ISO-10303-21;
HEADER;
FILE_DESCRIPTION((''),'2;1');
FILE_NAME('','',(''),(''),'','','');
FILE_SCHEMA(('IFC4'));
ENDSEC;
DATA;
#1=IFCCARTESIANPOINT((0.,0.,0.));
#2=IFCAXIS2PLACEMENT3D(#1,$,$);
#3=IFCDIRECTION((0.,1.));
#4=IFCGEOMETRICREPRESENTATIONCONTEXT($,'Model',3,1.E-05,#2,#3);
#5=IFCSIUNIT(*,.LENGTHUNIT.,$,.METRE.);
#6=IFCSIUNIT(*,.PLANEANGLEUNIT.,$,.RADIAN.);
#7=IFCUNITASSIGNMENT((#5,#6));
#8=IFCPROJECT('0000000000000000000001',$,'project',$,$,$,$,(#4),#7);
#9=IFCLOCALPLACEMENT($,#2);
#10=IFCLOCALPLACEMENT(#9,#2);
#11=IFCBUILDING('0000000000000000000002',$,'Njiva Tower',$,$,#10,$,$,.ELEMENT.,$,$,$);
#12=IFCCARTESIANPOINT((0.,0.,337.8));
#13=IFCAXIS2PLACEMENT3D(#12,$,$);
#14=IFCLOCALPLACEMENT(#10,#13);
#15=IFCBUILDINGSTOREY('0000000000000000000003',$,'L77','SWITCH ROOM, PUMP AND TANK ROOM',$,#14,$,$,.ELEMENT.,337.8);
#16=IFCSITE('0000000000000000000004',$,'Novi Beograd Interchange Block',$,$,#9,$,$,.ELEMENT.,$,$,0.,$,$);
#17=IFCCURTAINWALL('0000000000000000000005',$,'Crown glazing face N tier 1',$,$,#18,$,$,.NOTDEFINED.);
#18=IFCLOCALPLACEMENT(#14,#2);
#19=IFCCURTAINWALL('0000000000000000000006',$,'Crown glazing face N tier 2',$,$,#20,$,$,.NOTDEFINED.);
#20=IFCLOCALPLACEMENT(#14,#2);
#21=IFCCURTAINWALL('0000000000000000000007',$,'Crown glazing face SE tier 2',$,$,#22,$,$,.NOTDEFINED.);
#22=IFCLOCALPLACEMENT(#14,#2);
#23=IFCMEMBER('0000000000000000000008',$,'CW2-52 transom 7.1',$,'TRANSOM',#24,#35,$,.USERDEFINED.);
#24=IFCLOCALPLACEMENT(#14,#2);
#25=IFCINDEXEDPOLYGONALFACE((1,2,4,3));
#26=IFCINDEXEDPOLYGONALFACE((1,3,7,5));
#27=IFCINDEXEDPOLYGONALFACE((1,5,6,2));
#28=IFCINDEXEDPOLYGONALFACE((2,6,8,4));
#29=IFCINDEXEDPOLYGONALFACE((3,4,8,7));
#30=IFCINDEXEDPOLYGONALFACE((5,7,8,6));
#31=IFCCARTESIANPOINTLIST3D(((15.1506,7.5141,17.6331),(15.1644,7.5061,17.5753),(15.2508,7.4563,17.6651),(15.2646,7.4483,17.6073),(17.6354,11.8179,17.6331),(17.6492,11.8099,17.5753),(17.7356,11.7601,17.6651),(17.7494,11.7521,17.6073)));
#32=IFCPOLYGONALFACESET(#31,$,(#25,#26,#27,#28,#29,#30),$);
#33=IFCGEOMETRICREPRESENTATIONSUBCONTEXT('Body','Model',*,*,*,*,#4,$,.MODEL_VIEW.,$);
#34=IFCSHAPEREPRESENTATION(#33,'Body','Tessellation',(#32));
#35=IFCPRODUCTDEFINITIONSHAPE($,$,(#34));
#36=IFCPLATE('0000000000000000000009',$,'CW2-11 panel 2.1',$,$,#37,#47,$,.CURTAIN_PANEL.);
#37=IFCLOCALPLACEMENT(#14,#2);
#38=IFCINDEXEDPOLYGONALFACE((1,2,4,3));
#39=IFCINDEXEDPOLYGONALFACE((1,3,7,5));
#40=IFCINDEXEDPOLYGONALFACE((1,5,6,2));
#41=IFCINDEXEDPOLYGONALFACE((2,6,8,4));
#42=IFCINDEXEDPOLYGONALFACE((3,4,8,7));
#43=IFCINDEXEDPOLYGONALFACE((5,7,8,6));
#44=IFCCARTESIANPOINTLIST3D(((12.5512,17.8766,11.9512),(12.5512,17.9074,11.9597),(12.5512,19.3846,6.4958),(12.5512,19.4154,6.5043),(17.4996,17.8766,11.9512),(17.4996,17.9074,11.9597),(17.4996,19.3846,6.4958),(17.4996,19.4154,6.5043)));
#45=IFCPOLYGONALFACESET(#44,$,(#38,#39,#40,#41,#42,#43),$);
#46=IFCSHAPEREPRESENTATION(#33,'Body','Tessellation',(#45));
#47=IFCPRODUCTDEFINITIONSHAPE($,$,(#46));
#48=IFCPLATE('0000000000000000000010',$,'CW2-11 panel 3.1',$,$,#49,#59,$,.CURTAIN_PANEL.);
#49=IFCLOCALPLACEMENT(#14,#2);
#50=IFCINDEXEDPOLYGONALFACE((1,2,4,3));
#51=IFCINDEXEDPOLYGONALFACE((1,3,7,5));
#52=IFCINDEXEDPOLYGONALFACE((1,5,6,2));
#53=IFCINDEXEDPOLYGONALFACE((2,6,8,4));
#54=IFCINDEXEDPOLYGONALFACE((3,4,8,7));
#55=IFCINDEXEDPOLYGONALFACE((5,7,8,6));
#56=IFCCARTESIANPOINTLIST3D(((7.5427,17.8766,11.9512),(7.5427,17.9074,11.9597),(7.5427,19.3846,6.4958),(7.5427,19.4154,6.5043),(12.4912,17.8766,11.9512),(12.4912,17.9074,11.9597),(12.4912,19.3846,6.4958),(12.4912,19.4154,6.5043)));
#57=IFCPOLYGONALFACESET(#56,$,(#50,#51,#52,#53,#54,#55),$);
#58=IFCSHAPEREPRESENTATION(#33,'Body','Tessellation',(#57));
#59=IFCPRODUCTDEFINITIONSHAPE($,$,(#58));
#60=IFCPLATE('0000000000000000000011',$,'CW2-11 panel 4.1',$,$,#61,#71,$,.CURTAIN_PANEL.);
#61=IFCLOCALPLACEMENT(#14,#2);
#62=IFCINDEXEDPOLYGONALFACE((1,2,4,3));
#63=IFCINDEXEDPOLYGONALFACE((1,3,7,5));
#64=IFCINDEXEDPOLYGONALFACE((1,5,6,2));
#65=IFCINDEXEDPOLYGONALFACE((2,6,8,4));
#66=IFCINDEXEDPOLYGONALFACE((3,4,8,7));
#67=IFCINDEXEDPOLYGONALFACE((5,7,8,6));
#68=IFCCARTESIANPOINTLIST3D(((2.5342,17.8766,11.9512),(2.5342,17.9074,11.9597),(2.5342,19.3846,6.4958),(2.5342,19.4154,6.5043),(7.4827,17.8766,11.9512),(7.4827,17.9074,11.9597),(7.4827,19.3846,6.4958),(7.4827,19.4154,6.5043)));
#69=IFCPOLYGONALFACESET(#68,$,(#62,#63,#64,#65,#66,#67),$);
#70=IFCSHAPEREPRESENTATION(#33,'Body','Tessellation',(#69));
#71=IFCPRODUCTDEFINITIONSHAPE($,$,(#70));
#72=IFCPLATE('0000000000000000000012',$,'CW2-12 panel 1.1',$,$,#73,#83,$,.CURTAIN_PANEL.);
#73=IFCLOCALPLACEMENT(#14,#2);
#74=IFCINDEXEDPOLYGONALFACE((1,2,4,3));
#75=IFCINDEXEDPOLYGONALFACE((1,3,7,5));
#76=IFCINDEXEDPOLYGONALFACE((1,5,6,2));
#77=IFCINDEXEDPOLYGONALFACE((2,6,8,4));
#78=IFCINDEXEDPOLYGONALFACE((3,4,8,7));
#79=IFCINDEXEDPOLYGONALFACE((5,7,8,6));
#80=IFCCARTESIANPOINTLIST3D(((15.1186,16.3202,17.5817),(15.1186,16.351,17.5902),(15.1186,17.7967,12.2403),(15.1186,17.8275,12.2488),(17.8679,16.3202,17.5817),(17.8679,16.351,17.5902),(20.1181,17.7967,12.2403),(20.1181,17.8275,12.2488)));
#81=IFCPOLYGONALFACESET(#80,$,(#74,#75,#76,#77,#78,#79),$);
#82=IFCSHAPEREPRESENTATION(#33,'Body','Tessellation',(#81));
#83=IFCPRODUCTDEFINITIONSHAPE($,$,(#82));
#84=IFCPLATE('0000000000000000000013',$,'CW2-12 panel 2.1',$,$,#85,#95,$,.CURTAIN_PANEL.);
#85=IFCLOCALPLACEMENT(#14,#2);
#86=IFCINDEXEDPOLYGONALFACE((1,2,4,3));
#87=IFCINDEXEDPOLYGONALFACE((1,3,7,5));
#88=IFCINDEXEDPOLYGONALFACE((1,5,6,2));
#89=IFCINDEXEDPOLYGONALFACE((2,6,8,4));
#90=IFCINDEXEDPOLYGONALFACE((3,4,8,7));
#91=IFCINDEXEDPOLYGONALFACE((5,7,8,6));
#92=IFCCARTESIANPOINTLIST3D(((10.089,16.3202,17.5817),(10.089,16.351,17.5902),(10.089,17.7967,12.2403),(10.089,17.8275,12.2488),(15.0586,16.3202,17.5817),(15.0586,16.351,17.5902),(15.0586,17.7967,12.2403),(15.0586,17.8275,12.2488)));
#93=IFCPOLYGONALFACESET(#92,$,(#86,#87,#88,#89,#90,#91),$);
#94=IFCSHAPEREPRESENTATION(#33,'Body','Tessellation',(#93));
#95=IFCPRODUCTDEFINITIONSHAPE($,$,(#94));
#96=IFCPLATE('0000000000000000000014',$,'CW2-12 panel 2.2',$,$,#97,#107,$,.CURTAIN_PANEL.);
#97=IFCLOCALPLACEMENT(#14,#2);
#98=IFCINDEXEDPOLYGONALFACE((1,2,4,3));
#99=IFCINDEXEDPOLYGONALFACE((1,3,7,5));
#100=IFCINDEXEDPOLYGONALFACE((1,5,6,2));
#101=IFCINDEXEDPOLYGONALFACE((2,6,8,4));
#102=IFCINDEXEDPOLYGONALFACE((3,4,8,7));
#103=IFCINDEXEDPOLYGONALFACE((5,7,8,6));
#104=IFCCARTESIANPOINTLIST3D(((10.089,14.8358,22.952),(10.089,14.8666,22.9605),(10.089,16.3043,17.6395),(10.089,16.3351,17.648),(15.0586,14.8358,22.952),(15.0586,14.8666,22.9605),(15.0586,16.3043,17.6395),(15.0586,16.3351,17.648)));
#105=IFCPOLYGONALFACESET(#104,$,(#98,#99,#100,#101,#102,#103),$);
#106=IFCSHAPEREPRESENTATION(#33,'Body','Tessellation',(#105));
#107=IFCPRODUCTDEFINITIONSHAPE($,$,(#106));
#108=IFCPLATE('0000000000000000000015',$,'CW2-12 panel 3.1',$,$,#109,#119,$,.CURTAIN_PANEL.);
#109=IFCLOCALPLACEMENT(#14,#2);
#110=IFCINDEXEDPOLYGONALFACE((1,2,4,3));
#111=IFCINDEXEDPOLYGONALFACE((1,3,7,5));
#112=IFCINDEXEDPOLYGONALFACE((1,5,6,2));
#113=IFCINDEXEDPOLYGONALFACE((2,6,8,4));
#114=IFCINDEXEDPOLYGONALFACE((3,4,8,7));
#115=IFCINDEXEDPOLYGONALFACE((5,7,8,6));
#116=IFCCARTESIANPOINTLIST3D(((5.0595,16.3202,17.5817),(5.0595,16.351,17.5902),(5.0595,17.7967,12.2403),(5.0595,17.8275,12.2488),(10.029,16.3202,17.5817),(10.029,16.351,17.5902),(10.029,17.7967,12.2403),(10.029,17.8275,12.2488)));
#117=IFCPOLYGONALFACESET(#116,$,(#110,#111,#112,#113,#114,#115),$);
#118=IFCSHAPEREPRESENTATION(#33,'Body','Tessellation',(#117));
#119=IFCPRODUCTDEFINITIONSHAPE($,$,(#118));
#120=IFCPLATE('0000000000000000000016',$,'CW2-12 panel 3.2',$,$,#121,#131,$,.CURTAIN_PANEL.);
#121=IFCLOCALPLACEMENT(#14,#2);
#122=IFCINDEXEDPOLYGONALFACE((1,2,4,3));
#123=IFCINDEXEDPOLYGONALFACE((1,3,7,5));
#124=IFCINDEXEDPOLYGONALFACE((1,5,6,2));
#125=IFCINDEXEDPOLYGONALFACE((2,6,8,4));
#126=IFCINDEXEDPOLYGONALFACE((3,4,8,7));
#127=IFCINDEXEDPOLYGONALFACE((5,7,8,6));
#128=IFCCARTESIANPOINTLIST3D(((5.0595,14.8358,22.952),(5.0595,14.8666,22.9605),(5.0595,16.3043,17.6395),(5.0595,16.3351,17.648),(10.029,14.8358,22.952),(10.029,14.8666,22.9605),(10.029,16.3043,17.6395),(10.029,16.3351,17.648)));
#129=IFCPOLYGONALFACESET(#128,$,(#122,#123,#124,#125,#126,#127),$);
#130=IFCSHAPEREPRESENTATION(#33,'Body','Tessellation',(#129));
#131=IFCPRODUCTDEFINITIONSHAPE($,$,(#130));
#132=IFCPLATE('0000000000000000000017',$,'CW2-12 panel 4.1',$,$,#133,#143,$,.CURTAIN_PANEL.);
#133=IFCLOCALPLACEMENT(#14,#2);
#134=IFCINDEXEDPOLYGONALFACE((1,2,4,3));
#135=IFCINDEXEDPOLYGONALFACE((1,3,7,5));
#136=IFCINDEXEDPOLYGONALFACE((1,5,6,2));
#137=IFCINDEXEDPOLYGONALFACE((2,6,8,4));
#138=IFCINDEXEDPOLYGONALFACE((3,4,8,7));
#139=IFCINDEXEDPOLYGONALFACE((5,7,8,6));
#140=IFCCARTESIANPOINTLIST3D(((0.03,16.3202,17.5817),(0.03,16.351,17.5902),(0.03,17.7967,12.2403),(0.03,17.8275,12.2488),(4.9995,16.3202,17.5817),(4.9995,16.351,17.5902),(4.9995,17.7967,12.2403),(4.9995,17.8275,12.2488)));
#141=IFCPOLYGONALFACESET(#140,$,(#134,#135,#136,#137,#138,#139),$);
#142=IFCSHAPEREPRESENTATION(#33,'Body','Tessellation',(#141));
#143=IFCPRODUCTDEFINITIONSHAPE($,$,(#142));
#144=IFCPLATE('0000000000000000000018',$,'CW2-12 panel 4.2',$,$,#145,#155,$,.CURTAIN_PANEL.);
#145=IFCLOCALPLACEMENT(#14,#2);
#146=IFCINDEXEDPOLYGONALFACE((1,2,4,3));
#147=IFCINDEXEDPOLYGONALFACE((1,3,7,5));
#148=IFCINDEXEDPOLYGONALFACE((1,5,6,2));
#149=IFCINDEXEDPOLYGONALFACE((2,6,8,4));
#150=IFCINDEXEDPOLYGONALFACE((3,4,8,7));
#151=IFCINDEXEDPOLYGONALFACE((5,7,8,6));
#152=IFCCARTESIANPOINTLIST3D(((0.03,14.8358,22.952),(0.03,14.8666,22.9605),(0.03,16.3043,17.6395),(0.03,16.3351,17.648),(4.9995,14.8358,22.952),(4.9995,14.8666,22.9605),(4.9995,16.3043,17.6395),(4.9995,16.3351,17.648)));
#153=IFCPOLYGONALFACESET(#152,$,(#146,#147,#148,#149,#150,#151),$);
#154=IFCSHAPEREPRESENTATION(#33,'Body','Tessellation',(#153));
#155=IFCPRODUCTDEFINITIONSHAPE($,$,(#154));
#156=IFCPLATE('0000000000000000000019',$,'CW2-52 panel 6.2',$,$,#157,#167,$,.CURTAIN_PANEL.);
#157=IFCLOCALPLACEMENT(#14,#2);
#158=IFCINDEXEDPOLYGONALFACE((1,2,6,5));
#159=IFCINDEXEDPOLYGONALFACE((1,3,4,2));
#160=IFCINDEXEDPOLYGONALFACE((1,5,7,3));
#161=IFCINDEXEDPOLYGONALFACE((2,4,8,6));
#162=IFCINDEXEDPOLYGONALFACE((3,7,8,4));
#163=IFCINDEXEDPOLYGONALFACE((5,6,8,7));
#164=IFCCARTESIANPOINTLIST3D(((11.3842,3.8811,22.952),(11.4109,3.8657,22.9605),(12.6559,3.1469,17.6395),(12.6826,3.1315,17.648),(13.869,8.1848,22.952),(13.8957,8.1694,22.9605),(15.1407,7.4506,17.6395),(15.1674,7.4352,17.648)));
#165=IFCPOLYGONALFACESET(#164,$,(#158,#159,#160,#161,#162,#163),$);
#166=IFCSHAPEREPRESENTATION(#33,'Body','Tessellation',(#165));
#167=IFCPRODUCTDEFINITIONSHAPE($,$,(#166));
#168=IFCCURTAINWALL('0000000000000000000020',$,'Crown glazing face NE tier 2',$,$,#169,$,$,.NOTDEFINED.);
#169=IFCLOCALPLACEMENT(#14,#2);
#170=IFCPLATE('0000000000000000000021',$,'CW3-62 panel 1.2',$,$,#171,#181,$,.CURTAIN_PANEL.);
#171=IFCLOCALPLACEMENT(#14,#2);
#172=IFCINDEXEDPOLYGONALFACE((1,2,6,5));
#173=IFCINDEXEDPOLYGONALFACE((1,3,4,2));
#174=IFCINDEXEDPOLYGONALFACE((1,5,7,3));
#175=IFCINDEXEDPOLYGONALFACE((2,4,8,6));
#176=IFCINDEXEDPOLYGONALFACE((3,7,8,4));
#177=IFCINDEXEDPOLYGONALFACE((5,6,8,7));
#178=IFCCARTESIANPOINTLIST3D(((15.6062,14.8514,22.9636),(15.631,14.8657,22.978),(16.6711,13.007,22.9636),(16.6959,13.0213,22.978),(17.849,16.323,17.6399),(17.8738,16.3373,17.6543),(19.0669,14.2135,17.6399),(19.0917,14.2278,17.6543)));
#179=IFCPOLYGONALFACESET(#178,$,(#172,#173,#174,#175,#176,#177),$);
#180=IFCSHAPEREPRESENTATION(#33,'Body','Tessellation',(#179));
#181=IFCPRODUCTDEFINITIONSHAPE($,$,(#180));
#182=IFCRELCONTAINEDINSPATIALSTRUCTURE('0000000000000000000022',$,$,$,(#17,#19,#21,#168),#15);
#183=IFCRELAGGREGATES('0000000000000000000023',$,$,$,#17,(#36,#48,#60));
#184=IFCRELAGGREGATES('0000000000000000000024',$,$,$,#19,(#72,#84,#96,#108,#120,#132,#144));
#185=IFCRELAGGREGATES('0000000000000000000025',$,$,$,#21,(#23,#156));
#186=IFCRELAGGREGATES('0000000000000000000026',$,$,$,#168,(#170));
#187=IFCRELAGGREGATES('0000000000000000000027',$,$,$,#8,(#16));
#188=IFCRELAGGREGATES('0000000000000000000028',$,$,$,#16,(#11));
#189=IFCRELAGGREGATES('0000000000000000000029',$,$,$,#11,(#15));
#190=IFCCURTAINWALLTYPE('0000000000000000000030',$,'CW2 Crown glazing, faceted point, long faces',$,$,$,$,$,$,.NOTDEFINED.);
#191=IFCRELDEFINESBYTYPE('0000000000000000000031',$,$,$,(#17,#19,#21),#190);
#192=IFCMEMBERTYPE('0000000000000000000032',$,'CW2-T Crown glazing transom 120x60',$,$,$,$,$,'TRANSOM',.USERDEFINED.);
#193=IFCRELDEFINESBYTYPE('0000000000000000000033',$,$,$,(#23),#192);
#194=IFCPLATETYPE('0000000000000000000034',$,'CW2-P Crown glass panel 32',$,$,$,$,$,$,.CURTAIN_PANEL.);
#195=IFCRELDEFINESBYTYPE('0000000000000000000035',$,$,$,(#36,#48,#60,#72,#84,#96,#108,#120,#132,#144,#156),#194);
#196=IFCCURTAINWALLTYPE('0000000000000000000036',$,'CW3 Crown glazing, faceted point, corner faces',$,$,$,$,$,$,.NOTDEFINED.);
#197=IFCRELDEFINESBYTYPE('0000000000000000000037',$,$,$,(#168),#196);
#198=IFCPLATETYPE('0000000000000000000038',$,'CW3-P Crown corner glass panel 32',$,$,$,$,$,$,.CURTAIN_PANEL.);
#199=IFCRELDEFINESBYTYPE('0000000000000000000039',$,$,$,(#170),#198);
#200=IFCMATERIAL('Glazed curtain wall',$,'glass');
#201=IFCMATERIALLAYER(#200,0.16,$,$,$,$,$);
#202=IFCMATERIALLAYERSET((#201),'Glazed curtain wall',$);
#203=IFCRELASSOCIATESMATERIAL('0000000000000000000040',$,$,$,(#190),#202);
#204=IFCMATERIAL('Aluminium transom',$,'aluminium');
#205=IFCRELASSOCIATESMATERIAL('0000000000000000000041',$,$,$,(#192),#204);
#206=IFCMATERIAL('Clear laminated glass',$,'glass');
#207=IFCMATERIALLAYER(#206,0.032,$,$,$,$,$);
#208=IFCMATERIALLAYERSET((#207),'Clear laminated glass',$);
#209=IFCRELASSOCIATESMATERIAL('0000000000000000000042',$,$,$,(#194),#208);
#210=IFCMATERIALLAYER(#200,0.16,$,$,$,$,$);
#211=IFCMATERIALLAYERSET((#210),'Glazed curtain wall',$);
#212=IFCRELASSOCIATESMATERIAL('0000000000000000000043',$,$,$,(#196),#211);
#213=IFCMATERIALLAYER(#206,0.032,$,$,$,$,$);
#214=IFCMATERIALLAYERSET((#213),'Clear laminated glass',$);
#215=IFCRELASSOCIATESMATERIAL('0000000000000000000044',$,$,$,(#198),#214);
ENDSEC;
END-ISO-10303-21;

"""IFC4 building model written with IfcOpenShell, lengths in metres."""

from ifc_helpers import new_model, si_unit, direction, frame, origin, origin_2d, place, context, subcontext, project, spatial, polyline, rectangle, outline, extrude, material, layer, layer_set, material_profile, profile_set, type_object, element, aggregate, save


model = new_model("IFC4")

# Units and contexts
model_context = context("Model", 3, precision=1e-05, world=origin(), true_north=direction((0.0, 1.0)))
body_context = subcontext(model_context, "Body", "Model", "MODEL_VIEW")
ifc_project = project(units=[si_unit("LENGTHUNIT", "METRE"), si_unit("PLANEANGLEUNIT", "RADIAN")], contexts=[model_context])

# Site, building, storey
site_placement = place(None, origin())
site = spatial("IfcSite", under=ifc_project, at=site_placement, Name="Novi Beograd Interchange Block", CompositionType="ELEMENT", RefElevation=0.0)
building_placement = place(site_placement, origin())
building = spatial("IfcBuilding", under=site, at=building_placement, Name="Njiva Tower", CompositionType="ELEMENT")
storey_placement = place(building_placement, frame((0.0, 0.0, 337.8)))
storey = spatial("IfcBuildingStorey", under=building, at=storey_placement, Name="L77", Description="SWITCH ROOM, PUMP AND TANK ROOM", CompositionType="ELEMENT", Elevation=337.8)

# Curtain walls
ifc_material_1 = material(Name="Glazed curtain wall", Category="glass")
ifc_layer_1 = layer(ifc_material_1, 0.16)
ifc_layer_set_1 = layer_set([ifc_layer_1], Name="Glazed curtain wall")
curtain_wall_type_1 = type_object("IfcCurtainWallType", Name="CW2 Crown glazing, faceted point, long faces", PredefinedType="NOTDEFINED", material=ifc_layer_set_1)
curtain_wall_1_placement = place(storey_placement, origin())
curtain_wall_1 = element("IfcCurtainWall", 1, at=curtain_wall_1_placement, inside=storey, type_object=curtain_wall_type_1, Name="Crown glazing face N tier 1", PredefinedType="NOTDEFINED")
curtain_wall_2_placement = place(storey_placement, origin())
curtain_wall_2 = element("IfcCurtainWall", 2, at=curtain_wall_2_placement, inside=storey, type_object=curtain_wall_type_1, Name="Crown glazing face N tier 2", PredefinedType="NOTDEFINED")
ifc_material_2 = material(Name="Aluminium transom", Category="aluminium")
ifc_material_profile_1 = material_profile(ifc_material_2, rectangle(XDim=0.12, YDim=0.06, at=origin_2d()), Name="RECT 120x60")
ifc_profile_set_1 = profile_set([ifc_material_profile_1], Name="Aluminium transom")
member_type_1 = type_object("IfcMemberType", Name="CW2-T Crown glazing transom 120x60", ElementType="TRANSOM", PredefinedType="USERDEFINED", material=ifc_profile_set_1)

# Curtain wall, member
curtain_wall_3_placement = place(storey_placement, origin())
curtain_wall_3 = element("IfcCurtainWall", 3, at=curtain_wall_3_placement, inside=storey, type_object=curtain_wall_type_1, Name="Crown glazing face SE tier 2", PredefinedType="NOTDEFINED")
member_1_placement = place(storey_placement, frame((15.2076, 7.4812, 17.6202), z_axis=(0.5, 0.866025, 0.0), x_axis=(0.834723, -0.481927, 0.266428)))
member_1 = element("IfcMember", 4, at=member_1_placement, type_object=member_type_1, Name="CW2-52 transom 7.1", ObjectType="TRANSOM", PredefinedType="USERDEFINED", context=body_context, shape_type="SweptSolid", body=[
    extrude(rectangle(XDim=0.12, YDim=0.06, at=origin_2d()), origin(), (0.0, 0.0, 1.0), 4.9696),
])

# Plates
ifc_material_3 = material(Name="Clear laminated glass", Category="glass")
ifc_layer_2 = layer(ifc_material_3, 0.032)
ifc_layer_set_2 = layer_set([ifc_layer_2], Name="Clear laminated glass")
plate_type_1 = type_object("IfcPlateType", Name="CW2-P Crown glass panel 32", PredefinedType="CURTAIN_PANEL", material=ifc_layer_set_2)
plate_1_placement = place(storey_placement, frame((12.5512, 19.4154, 6.5043), z_axis=(0.0, 0.963854, 0.266432), x_axis=(0.0, -0.266432, 0.963854)))
plate_1 = element("IfcPlate", 5, at=plate_1_placement, type_object=plate_type_1, Name="CW2-11 panel 2.1", PredefinedType="CURTAIN_PANEL", context=body_context, shape_type="SweptSolid", body=[
    extrude(outline(polyline([(0.0, 0.0), (5.66, 0.0), (5.66, 4.9484), (0.0, 4.9484), (0.0, 0.0)])), origin(), (0.0, 0.0, -1.0), 0.032),
])
plate_2_placement = place(storey_placement, frame((7.5427, 19.4154, 6.5043), z_axis=(0.0, 0.963854, 0.266432), x_axis=(0.0, -0.266432, 0.963854)))
plate_2 = element("IfcPlate", 6, at=plate_2_placement, type_object=plate_type_1, Name="CW2-11 panel 3.1", PredefinedType="CURTAIN_PANEL", context=body_context, shape_type="SweptSolid", body=[
    extrude(outline(polyline([(0.0, 0.0), (5.66, 0.0), (5.66, 4.9485), (0.0, 4.9485), (0.0, 0.0)])), origin(), (0.0, 0.0, -1.0), 0.032),
])
plate_3_placement = place(storey_placement, frame((2.5342, 19.4154, 6.5043), z_axis=(0.0, 0.963854, 0.266432), x_axis=(0.0, -0.266432, 0.963854)))
plate_3 = element("IfcPlate", 7, at=plate_3_placement, type_object=plate_type_1, Name="CW2-11 panel 4.1", PredefinedType="CURTAIN_PANEL", context=body_context, shape_type="SweptSolid", body=[
    extrude(outline(polyline([(0.0, 0.0), (5.66, 0.0), (5.66, 4.9485), (0.0, 4.9485), (0.0, 0.0)])), origin(), (0.0, 0.0, -1.0), 0.032),
])
aggregate(curtain_wall_1, [plate_1, plate_2, plate_3])
plate_4_placement = place(storey_placement, frame((15.1186, 17.8275, 12.2488), z_axis=(0.0, 0.963853, 0.266434), x_axis=(0.0, -0.266434, 0.963853)))
plate_4 = element("IfcPlate", 8, at=plate_4_placement, type_object=plate_type_1, Name="CW2-12 panel 1.1", PredefinedType="CURTAIN_PANEL", context=body_context, shape_type="SweptSolid", body=[
    extrude(outline(polyline([(0.0, 0.0), (5.5417, 0.0), (5.5417, 2.7493), (0.0, 4.9995), (0.0, 0.0)])), origin(), (0.0, 0.0, -1.0), 0.032),
])
plate_5_placement = place(storey_placement, frame((10.089, 17.8275, 12.2488), z_axis=(0.0, 0.963853, 0.266434), x_axis=(0.0, -0.266434, 0.963853)))
plate_5 = element("IfcPlate", 9, at=plate_5_placement, type_object=plate_type_1, Name="CW2-12 panel 2.1", PredefinedType="CURTAIN_PANEL", context=body_context, shape_type="SweptSolid", body=[
    extrude(outline(polyline([(0.0, 0.0), (5.5417, 0.0), (5.5417, 4.9696), (0.0, 4.9696), (0.0, 0.0)])), origin(), (0.0, 0.0, -1.0), 0.032),
])
plate_6_placement = place(storey_placement, frame((10.089, 16.3351, 17.648), z_axis=(0.0, 0.963854, 0.266432), x_axis=(0.0, -0.266432, 0.963854)))
plate_6 = element("IfcPlate", 10, at=plate_6_placement, type_object=plate_type_1, Name="CW2-12 panel 2.2", PredefinedType="CURTAIN_PANEL", context=body_context, shape_type="SweptSolid", body=[
    extrude(outline(polyline([(0.0, 0.0), (5.5117, 0.0), (5.5117, 4.9696), (0.0, 4.9696), (0.0, 0.0)])), origin(), (0.0, 0.0, -1.0), 0.032),
])
plate_7_placement = place(storey_placement, frame((5.0595, 17.8275, 12.2488), z_axis=(0.0, 0.963853, 0.266434), x_axis=(0.0, -0.266434, 0.963853)))
plate_7 = element("IfcPlate", 11, at=plate_7_placement, type_object=plate_type_1, Name="CW2-12 panel 3.1", PredefinedType="CURTAIN_PANEL", context=body_context, shape_type="SweptSolid", body=[
    extrude(outline(polyline([(0.0, 0.0), (5.5417, 0.0), (5.5417, 4.9695), (0.0, 4.9695), (0.0, 0.0)])), origin(), (0.0, 0.0, -1.0), 0.032),
])
plate_8_placement = place(storey_placement, frame((5.0595, 16.3351, 17.648), z_axis=(0.0, 0.963854, 0.266432), x_axis=(0.0, -0.266432, 0.963854)))
plate_8 = element("IfcPlate", 12, at=plate_8_placement, type_object=plate_type_1, Name="CW2-12 panel 3.2", PredefinedType="CURTAIN_PANEL", context=body_context, shape_type="SweptSolid", body=[
    extrude(outline(polyline([(0.0, 0.0), (5.5117, 0.0), (5.5117, 4.9695), (0.0, 4.9695), (0.0, 0.0)])), origin(), (0.0, 0.0, -1.0), 0.032),
])
plate_9_placement = place(storey_placement, frame((0.03, 17.8275, 12.2488), z_axis=(0.0, 0.963853, 0.266434), x_axis=(0.0, -0.266434, 0.963853)))
plate_9 = element("IfcPlate", 13, at=plate_9_placement, type_object=plate_type_1, Name="CW2-12 panel 4.1", PredefinedType="CURTAIN_PANEL", context=body_context, shape_type="SweptSolid", body=[
    extrude(outline(polyline([(0.0, 0.0), (5.5417, 0.0), (5.5417, 4.9695), (0.0, 4.9695), (0.0, 0.0)])), origin(), (0.0, 0.0, -1.0), 0.032),
])
plate_10_placement = place(storey_placement, frame((0.03, 16.3351, 17.648), z_axis=(0.0, 0.963854, 0.266432), x_axis=(0.0, -0.266432, 0.963854)))
plate_10 = element("IfcPlate", 14, at=plate_10_placement, type_object=plate_type_1, Name="CW2-12 panel 4.2", PredefinedType="CURTAIN_PANEL", context=body_context, shape_type="SweptSolid", body=[
    extrude(outline(polyline([(0.0, 0.0), (5.5117, 0.0), (5.5117, 4.9695), (0.0, 4.9695), (0.0, 0.0)])), origin(), (0.0, 0.0, -1.0), 0.032),
])
aggregate(curtain_wall_2, [plate_4, plate_5, plate_6, plate_7, plate_8, plate_9, plate_10])
plate_11_placement = place(storey_placement, frame((15.1674, 7.4352, 17.648), z_axis=(0.83472, -0.481937, 0.266419), x_axis=(-0.230727, 0.133207, 0.963857)))
plate_11 = element("IfcPlate", 15, at=plate_11_placement, type_object=plate_type_1, Name="CW2-52 panel 6.2", PredefinedType="CURTAIN_PANEL", context=body_context, shape_type="SweptSolid", body=[
    extrude(outline(polyline([(0.0, 0.0), (5.5117, 0.0), (5.5117, 4.9695), (0.0, 4.9695), (0.0, 0.0)])), origin(), (0.0, 0.0, -1.0), 0.032),
])
aggregate(curtain_wall_3, [member_1, plate_11])

# Curtain wall, plate
ifc_layer_3 = layer(ifc_material_1, 0.16)
ifc_layer_set_3 = layer_set([ifc_layer_3], Name="Glazed curtain wall")
curtain_wall_type_2 = type_object("IfcCurtainWallType", Name="CW3 Crown glazing, faceted point, corner faces", PredefinedType="NOTDEFINED", material=ifc_layer_set_3)
curtain_wall_4_placement = place(storey_placement, origin())
curtain_wall_4 = element("IfcCurtainWall", 16, at=curtain_wall_4_placement, inside=storey, type_object=curtain_wall_type_2, Name="Crown glazing face NE tier 2", PredefinedType="NOTDEFINED")
ifc_layer_4 = layer(ifc_material_3, 0.032)
ifc_layer_set_4 = layer_set([ifc_layer_4], Name="Clear laminated glass")
plate_type_2 = type_object("IfcPlateType", Name="CW3-P Crown corner glass panel 32", PredefinedType="CURTAIN_PANEL", material=ifc_layer_set_4)
plate_12_placement = place(storey_placement, frame((15.631, 14.8657, 22.978), z_axis=(0.773649, 0.446669, 0.449393), x_axis=(0.500004, -0.866023, -0.000005)))
plate_12 = element("IfcPlate", 17, at=plate_12_placement, type_object=plate_type_2, Name="CW3-62 panel 1.2", PredefinedType="CURTAIN_PANEL", context=body_context, shape_type="SweptSolid", body=[
    extrude(outline(polyline([(0.0, 0.0), (2.1297, 0.0), (2.2828, 5.9593), (-0.153, 5.9594), (0.0, 0.0)])), origin(), (0.0, 0.0, -1.0), 0.032),
])
aggregate(curtain_wall_4, [plate_12])

save(model, "model.ifc")
